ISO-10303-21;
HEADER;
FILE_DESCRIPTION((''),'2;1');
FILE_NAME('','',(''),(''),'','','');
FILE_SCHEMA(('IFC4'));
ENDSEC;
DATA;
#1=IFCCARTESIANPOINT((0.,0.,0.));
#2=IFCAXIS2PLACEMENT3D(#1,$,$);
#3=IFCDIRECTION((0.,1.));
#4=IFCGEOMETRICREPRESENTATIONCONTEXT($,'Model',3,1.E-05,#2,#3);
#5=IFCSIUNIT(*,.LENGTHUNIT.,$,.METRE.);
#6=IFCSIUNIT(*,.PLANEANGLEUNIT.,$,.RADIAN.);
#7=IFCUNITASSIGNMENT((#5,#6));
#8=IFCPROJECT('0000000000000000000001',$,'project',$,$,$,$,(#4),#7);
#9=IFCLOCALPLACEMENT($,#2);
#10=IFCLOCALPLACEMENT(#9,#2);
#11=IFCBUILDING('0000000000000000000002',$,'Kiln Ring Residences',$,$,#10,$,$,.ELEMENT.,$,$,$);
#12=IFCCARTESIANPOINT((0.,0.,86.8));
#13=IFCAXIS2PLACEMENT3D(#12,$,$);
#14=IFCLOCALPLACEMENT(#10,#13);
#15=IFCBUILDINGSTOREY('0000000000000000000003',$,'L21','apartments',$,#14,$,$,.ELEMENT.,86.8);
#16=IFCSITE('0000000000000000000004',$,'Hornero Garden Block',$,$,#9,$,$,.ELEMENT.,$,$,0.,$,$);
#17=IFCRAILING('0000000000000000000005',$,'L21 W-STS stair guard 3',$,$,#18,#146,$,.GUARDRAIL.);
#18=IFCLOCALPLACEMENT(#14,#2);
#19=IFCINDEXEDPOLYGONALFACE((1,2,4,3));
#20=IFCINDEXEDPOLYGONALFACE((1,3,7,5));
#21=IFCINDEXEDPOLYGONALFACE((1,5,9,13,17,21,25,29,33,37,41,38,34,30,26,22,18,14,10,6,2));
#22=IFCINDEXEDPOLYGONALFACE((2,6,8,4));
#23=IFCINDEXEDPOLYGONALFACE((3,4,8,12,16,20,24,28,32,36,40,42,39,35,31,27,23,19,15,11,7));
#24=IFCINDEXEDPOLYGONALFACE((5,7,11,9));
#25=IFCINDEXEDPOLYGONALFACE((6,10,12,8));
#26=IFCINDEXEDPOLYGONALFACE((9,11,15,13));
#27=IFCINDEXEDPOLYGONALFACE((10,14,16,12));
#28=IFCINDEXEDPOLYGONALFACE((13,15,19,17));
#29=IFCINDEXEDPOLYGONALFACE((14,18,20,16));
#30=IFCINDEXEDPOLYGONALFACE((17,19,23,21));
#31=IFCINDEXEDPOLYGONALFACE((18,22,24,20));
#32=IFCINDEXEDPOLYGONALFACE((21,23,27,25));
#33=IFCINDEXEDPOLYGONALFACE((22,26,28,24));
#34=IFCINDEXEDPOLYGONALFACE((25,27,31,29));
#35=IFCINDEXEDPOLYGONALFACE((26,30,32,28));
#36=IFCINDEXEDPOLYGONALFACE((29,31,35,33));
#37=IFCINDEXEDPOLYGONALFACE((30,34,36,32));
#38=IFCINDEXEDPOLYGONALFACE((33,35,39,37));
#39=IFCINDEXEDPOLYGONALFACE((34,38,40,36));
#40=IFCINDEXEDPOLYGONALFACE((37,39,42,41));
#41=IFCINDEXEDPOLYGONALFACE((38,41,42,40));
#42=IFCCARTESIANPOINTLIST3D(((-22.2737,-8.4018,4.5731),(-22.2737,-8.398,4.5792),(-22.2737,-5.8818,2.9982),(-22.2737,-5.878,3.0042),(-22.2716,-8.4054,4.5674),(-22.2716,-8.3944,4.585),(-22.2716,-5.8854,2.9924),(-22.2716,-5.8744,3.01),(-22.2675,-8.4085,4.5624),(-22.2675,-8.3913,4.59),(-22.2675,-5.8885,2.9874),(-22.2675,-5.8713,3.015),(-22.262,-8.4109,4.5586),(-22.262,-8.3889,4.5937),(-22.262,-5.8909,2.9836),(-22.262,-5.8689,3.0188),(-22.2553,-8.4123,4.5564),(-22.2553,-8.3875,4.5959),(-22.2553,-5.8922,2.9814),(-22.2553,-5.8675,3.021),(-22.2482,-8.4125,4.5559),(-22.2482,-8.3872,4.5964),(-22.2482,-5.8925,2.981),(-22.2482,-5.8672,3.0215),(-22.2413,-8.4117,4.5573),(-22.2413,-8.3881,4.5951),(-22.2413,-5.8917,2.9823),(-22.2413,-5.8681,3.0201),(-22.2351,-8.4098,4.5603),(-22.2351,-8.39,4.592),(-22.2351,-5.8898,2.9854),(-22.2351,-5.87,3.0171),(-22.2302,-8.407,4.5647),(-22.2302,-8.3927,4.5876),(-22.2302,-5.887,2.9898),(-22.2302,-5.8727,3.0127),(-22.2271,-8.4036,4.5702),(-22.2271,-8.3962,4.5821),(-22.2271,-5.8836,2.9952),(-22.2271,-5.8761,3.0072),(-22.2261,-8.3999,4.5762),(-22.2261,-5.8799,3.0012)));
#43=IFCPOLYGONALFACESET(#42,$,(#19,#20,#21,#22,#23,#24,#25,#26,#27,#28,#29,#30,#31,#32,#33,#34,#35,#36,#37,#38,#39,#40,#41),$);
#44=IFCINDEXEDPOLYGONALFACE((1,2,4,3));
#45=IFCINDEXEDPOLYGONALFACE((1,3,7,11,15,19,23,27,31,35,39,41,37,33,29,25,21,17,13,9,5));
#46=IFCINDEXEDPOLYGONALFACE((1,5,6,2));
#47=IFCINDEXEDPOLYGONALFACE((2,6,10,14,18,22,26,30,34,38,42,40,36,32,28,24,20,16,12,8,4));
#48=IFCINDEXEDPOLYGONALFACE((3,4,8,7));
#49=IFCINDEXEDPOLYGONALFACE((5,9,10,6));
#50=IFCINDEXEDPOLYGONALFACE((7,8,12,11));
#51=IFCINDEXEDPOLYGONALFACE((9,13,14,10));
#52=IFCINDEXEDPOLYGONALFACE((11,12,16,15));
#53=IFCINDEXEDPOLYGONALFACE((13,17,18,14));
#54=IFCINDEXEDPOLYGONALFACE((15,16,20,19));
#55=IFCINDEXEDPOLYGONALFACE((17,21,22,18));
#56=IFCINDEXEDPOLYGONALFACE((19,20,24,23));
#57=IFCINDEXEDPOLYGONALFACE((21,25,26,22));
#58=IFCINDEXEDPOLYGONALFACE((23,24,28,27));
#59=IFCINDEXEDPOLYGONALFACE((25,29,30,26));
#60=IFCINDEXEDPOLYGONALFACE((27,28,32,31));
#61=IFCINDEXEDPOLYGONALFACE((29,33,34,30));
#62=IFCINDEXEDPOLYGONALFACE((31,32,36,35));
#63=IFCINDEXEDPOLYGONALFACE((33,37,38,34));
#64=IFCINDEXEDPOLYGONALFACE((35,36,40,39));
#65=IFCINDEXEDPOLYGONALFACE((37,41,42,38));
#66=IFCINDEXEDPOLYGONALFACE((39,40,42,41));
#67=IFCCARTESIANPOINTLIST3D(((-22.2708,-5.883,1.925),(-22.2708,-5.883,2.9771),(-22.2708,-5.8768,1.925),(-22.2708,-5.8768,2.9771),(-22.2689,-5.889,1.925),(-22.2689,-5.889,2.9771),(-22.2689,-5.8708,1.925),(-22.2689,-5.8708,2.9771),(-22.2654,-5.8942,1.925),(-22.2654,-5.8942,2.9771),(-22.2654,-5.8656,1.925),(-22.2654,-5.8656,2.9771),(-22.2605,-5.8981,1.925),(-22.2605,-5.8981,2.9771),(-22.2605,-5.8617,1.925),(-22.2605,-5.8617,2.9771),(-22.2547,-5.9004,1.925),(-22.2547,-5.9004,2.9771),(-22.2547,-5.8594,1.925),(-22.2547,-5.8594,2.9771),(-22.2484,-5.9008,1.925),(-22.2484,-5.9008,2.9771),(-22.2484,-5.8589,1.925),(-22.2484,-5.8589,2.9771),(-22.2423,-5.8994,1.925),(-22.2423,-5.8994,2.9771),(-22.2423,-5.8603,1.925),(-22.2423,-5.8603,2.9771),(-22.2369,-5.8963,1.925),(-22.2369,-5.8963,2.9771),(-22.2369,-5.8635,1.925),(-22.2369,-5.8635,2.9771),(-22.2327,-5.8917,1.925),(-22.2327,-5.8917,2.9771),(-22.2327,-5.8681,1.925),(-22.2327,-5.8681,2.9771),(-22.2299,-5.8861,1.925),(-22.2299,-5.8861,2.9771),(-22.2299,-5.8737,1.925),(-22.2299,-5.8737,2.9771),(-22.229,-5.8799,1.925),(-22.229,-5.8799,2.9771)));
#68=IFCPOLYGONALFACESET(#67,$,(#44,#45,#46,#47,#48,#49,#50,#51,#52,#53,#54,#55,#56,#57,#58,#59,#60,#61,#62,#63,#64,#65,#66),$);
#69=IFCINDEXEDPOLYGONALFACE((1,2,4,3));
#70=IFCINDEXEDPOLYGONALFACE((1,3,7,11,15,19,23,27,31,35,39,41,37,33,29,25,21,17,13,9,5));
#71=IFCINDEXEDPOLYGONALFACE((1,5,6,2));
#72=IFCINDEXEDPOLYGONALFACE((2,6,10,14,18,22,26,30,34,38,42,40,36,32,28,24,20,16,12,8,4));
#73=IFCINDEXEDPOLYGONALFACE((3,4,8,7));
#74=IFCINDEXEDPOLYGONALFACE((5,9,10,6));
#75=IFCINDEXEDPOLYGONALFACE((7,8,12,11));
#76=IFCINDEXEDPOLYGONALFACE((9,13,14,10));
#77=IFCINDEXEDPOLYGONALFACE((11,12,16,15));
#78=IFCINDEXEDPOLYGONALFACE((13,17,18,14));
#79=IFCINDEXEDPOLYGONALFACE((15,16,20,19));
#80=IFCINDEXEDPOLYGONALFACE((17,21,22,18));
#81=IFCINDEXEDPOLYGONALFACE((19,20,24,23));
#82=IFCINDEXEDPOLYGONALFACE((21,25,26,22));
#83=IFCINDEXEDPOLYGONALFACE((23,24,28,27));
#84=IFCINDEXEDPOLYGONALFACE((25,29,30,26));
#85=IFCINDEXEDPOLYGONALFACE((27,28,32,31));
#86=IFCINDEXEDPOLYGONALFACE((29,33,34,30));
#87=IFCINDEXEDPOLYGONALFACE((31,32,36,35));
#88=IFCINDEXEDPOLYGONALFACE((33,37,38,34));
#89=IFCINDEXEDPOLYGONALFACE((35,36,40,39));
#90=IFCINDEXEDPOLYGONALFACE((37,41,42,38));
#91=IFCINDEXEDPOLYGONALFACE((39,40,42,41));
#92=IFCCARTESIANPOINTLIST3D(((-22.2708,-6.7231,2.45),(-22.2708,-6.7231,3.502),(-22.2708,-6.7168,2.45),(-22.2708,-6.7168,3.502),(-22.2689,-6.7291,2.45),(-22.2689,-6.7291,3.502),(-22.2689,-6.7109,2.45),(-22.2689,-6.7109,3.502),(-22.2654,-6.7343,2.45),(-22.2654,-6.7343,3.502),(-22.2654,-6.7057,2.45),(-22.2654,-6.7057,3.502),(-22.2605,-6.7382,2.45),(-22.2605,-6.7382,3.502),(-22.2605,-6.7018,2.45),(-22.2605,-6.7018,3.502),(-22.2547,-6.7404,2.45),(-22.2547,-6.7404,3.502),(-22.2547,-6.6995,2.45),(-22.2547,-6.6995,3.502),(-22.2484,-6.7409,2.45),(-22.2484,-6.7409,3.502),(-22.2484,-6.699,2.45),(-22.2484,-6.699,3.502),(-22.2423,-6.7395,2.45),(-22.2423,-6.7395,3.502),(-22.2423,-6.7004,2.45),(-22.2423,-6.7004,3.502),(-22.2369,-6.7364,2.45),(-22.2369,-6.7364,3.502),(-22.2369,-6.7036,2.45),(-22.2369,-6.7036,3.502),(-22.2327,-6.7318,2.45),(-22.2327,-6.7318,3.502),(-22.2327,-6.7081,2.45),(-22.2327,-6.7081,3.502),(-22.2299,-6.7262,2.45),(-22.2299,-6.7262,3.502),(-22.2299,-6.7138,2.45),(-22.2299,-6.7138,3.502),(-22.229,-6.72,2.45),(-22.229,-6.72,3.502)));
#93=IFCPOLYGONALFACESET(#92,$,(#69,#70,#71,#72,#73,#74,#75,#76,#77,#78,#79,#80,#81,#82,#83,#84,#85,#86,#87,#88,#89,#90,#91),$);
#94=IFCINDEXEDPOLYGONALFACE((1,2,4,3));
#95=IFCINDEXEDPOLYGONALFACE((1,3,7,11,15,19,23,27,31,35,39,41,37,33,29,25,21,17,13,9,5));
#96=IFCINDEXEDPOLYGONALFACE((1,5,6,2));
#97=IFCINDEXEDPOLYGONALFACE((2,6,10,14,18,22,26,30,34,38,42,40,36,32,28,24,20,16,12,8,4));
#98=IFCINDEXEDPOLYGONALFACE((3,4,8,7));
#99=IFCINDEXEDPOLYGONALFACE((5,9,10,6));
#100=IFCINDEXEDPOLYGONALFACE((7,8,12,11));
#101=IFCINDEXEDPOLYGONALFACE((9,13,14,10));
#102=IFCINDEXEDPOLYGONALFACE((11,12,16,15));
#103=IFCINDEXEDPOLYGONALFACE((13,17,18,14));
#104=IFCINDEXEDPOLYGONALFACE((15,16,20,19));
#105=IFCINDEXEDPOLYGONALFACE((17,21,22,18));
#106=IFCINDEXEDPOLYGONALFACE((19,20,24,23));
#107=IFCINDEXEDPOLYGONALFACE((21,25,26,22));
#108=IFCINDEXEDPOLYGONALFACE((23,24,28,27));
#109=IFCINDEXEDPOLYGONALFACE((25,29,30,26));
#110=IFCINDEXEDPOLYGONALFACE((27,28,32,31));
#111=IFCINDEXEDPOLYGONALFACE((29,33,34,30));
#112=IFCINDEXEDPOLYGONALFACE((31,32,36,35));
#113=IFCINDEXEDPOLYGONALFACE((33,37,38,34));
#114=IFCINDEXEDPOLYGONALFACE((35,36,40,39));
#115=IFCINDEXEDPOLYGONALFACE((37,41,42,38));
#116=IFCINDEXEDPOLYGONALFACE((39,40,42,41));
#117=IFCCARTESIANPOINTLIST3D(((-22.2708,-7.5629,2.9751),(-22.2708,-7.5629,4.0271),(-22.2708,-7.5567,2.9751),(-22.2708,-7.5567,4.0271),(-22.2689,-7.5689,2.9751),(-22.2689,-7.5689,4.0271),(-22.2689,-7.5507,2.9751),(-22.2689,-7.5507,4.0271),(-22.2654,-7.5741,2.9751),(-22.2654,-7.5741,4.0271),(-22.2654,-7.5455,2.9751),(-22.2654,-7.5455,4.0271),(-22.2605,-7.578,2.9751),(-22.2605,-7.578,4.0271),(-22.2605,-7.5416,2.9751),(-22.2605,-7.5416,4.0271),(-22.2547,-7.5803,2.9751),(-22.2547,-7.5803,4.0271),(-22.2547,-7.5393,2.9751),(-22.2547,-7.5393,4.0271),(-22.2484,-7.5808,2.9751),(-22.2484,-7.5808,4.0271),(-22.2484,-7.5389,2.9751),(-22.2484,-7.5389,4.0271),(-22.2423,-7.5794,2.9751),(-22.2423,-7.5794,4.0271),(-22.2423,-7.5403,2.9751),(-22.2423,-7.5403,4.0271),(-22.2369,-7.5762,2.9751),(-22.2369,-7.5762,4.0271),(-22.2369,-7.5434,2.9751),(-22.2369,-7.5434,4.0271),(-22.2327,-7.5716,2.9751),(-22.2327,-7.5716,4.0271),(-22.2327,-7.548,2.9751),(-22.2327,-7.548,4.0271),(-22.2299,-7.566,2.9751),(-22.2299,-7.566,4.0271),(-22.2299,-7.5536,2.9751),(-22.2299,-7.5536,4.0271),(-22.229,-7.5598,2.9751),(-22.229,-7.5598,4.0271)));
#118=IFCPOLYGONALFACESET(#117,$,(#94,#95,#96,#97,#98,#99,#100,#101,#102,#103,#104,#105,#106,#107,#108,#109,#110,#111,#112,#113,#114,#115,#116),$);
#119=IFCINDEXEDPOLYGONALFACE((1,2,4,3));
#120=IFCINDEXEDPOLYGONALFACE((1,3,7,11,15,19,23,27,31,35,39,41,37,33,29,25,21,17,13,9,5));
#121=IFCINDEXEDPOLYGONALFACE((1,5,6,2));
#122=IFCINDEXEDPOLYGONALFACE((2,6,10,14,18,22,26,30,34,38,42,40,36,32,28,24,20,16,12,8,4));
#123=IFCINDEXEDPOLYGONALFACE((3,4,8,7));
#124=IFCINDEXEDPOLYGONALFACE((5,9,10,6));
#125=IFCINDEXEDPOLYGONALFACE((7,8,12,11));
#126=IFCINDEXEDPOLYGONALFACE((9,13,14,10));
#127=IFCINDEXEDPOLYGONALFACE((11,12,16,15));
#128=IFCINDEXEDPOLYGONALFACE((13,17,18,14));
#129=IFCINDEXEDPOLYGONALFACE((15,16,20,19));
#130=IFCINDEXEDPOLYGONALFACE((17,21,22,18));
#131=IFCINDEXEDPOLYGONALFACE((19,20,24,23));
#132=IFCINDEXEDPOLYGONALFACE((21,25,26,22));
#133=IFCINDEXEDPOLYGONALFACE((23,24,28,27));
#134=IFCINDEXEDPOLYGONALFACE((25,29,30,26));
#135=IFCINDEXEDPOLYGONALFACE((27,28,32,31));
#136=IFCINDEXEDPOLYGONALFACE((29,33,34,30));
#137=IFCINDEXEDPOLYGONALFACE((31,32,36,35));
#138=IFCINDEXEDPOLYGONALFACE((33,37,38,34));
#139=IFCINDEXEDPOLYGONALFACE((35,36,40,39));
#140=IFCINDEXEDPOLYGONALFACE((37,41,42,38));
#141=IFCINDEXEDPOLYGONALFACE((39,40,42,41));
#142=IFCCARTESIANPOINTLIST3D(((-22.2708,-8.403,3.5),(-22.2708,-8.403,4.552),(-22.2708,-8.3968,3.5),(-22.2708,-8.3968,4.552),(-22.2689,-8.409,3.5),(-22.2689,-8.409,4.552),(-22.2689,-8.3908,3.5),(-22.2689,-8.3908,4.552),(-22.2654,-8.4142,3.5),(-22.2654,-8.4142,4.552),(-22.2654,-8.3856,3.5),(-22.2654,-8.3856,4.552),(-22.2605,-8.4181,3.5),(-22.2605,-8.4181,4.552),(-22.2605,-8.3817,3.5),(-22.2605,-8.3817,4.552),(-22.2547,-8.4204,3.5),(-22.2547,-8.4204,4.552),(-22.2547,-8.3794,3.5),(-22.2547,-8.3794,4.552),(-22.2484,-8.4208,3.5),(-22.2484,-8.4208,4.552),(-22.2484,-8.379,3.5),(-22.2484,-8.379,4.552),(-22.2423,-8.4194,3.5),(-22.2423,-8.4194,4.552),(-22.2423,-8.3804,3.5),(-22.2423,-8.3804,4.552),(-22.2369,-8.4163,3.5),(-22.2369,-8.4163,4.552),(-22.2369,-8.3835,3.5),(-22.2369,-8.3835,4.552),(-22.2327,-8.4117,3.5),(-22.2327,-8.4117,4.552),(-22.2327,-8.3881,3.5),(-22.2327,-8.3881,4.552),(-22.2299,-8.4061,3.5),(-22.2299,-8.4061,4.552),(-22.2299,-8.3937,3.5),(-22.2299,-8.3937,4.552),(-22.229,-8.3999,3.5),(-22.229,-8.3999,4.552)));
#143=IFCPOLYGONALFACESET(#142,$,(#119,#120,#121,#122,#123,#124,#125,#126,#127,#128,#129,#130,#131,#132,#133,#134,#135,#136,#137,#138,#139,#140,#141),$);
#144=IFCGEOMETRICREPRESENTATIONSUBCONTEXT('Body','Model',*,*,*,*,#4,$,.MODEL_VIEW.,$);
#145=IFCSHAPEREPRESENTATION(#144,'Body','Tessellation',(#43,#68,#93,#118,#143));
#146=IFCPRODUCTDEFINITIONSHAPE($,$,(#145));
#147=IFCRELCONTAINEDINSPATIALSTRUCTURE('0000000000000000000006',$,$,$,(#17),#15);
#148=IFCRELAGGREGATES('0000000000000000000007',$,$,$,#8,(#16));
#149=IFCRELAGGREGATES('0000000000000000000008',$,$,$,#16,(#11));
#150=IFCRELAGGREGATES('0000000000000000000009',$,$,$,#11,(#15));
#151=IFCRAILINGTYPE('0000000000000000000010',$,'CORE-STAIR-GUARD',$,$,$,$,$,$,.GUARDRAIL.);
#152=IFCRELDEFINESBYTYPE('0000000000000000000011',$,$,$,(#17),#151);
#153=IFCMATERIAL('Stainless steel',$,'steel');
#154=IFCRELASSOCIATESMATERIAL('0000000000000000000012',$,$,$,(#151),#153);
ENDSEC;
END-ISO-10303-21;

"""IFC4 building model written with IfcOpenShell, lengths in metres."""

from ifc_helpers import new_model, si_unit, direction, frame, origin, origin_2d, place, context, subcontext, project, spatial, circle, extrude, material, type_object, element, save


model = new_model("IFC4")

# Units and contexts
model_context = context("Model", 3, precision=1e-05, world=origin(), true_north=direction((0.0, 1.0)))
body_context = subcontext(model_context, "Body", "Model", "MODEL_VIEW")
ifc_project = project(units=[si_unit("LENGTHUNIT", "METRE"), si_unit("PLANEANGLEUNIT", "RADIAN")], contexts=[model_context])

# Site, building, storey
site_placement = place(None, origin())
site = spatial("IfcSite", under=ifc_project, at=site_placement, Name="Hornero Garden Block", CompositionType="ELEMENT", RefElevation=0.0)
building_placement = place(site_placement, origin())
building = spatial("IfcBuilding", under=site, at=building_placement, Name="Kiln Ring Residences", CompositionType="ELEMENT")
storey_placement = place(building_placement, frame((0.0, 0.0, 86.8)))
storey = spatial("IfcBuildingStorey", under=building, at=storey_placement, Name="L21", Description="apartments", CompositionType="ELEMENT", Elevation=86.8)

# Railing
ifc_material_1 = material(Name="Stainless steel", Category="steel")
railing_type_1 = type_object("IfcRailingType", Name="CORE-STAIR-GUARD", PredefinedType="GUARDRAIL", material=ifc_material_1)
railing_1_placement = place(storey_placement, frame((-22.25, -5.8799, 1.925)))
element("IfcRailing", 1, at=railing_1_placement, inside=storey, type_object=railing_type_1, Name="L21 W-STS stair guard 3", PredefinedType="GUARDRAIL", context=body_context, shape_type="SweptSolid", body=[
    extrude(circle(Radius=0.0239, at=origin_2d()), frame((0.0, 0.0, 1.0762), z_axis=(0.0, -0.848008, 0.529984), x_axis=(1.0, 0.0, 0.0)), (0.0, 0.0, 1.0), 2.9717),
    extrude(circle(Radius=0.021, at=origin_2d()), origin(), (0.0, 0.0, 1.0), 1.052),
    extrude(circle(Radius=0.021, at=origin_2d()), frame((0.0, -0.8401, 0.5249)), (0.0, 0.0, 1.0), 1.052),
    extrude(circle(Radius=0.021, at=origin_2d()), frame((0.0, -1.6799, 1.05)), (0.0, 0.0, 1.0), 1.052),
    extrude(circle(Radius=0.021, at=origin_2d()), frame((0.0, -2.52, 1.575)), (0.0, 0.0, 1.0), 1.052),
])

save(model, "model.ifc")
